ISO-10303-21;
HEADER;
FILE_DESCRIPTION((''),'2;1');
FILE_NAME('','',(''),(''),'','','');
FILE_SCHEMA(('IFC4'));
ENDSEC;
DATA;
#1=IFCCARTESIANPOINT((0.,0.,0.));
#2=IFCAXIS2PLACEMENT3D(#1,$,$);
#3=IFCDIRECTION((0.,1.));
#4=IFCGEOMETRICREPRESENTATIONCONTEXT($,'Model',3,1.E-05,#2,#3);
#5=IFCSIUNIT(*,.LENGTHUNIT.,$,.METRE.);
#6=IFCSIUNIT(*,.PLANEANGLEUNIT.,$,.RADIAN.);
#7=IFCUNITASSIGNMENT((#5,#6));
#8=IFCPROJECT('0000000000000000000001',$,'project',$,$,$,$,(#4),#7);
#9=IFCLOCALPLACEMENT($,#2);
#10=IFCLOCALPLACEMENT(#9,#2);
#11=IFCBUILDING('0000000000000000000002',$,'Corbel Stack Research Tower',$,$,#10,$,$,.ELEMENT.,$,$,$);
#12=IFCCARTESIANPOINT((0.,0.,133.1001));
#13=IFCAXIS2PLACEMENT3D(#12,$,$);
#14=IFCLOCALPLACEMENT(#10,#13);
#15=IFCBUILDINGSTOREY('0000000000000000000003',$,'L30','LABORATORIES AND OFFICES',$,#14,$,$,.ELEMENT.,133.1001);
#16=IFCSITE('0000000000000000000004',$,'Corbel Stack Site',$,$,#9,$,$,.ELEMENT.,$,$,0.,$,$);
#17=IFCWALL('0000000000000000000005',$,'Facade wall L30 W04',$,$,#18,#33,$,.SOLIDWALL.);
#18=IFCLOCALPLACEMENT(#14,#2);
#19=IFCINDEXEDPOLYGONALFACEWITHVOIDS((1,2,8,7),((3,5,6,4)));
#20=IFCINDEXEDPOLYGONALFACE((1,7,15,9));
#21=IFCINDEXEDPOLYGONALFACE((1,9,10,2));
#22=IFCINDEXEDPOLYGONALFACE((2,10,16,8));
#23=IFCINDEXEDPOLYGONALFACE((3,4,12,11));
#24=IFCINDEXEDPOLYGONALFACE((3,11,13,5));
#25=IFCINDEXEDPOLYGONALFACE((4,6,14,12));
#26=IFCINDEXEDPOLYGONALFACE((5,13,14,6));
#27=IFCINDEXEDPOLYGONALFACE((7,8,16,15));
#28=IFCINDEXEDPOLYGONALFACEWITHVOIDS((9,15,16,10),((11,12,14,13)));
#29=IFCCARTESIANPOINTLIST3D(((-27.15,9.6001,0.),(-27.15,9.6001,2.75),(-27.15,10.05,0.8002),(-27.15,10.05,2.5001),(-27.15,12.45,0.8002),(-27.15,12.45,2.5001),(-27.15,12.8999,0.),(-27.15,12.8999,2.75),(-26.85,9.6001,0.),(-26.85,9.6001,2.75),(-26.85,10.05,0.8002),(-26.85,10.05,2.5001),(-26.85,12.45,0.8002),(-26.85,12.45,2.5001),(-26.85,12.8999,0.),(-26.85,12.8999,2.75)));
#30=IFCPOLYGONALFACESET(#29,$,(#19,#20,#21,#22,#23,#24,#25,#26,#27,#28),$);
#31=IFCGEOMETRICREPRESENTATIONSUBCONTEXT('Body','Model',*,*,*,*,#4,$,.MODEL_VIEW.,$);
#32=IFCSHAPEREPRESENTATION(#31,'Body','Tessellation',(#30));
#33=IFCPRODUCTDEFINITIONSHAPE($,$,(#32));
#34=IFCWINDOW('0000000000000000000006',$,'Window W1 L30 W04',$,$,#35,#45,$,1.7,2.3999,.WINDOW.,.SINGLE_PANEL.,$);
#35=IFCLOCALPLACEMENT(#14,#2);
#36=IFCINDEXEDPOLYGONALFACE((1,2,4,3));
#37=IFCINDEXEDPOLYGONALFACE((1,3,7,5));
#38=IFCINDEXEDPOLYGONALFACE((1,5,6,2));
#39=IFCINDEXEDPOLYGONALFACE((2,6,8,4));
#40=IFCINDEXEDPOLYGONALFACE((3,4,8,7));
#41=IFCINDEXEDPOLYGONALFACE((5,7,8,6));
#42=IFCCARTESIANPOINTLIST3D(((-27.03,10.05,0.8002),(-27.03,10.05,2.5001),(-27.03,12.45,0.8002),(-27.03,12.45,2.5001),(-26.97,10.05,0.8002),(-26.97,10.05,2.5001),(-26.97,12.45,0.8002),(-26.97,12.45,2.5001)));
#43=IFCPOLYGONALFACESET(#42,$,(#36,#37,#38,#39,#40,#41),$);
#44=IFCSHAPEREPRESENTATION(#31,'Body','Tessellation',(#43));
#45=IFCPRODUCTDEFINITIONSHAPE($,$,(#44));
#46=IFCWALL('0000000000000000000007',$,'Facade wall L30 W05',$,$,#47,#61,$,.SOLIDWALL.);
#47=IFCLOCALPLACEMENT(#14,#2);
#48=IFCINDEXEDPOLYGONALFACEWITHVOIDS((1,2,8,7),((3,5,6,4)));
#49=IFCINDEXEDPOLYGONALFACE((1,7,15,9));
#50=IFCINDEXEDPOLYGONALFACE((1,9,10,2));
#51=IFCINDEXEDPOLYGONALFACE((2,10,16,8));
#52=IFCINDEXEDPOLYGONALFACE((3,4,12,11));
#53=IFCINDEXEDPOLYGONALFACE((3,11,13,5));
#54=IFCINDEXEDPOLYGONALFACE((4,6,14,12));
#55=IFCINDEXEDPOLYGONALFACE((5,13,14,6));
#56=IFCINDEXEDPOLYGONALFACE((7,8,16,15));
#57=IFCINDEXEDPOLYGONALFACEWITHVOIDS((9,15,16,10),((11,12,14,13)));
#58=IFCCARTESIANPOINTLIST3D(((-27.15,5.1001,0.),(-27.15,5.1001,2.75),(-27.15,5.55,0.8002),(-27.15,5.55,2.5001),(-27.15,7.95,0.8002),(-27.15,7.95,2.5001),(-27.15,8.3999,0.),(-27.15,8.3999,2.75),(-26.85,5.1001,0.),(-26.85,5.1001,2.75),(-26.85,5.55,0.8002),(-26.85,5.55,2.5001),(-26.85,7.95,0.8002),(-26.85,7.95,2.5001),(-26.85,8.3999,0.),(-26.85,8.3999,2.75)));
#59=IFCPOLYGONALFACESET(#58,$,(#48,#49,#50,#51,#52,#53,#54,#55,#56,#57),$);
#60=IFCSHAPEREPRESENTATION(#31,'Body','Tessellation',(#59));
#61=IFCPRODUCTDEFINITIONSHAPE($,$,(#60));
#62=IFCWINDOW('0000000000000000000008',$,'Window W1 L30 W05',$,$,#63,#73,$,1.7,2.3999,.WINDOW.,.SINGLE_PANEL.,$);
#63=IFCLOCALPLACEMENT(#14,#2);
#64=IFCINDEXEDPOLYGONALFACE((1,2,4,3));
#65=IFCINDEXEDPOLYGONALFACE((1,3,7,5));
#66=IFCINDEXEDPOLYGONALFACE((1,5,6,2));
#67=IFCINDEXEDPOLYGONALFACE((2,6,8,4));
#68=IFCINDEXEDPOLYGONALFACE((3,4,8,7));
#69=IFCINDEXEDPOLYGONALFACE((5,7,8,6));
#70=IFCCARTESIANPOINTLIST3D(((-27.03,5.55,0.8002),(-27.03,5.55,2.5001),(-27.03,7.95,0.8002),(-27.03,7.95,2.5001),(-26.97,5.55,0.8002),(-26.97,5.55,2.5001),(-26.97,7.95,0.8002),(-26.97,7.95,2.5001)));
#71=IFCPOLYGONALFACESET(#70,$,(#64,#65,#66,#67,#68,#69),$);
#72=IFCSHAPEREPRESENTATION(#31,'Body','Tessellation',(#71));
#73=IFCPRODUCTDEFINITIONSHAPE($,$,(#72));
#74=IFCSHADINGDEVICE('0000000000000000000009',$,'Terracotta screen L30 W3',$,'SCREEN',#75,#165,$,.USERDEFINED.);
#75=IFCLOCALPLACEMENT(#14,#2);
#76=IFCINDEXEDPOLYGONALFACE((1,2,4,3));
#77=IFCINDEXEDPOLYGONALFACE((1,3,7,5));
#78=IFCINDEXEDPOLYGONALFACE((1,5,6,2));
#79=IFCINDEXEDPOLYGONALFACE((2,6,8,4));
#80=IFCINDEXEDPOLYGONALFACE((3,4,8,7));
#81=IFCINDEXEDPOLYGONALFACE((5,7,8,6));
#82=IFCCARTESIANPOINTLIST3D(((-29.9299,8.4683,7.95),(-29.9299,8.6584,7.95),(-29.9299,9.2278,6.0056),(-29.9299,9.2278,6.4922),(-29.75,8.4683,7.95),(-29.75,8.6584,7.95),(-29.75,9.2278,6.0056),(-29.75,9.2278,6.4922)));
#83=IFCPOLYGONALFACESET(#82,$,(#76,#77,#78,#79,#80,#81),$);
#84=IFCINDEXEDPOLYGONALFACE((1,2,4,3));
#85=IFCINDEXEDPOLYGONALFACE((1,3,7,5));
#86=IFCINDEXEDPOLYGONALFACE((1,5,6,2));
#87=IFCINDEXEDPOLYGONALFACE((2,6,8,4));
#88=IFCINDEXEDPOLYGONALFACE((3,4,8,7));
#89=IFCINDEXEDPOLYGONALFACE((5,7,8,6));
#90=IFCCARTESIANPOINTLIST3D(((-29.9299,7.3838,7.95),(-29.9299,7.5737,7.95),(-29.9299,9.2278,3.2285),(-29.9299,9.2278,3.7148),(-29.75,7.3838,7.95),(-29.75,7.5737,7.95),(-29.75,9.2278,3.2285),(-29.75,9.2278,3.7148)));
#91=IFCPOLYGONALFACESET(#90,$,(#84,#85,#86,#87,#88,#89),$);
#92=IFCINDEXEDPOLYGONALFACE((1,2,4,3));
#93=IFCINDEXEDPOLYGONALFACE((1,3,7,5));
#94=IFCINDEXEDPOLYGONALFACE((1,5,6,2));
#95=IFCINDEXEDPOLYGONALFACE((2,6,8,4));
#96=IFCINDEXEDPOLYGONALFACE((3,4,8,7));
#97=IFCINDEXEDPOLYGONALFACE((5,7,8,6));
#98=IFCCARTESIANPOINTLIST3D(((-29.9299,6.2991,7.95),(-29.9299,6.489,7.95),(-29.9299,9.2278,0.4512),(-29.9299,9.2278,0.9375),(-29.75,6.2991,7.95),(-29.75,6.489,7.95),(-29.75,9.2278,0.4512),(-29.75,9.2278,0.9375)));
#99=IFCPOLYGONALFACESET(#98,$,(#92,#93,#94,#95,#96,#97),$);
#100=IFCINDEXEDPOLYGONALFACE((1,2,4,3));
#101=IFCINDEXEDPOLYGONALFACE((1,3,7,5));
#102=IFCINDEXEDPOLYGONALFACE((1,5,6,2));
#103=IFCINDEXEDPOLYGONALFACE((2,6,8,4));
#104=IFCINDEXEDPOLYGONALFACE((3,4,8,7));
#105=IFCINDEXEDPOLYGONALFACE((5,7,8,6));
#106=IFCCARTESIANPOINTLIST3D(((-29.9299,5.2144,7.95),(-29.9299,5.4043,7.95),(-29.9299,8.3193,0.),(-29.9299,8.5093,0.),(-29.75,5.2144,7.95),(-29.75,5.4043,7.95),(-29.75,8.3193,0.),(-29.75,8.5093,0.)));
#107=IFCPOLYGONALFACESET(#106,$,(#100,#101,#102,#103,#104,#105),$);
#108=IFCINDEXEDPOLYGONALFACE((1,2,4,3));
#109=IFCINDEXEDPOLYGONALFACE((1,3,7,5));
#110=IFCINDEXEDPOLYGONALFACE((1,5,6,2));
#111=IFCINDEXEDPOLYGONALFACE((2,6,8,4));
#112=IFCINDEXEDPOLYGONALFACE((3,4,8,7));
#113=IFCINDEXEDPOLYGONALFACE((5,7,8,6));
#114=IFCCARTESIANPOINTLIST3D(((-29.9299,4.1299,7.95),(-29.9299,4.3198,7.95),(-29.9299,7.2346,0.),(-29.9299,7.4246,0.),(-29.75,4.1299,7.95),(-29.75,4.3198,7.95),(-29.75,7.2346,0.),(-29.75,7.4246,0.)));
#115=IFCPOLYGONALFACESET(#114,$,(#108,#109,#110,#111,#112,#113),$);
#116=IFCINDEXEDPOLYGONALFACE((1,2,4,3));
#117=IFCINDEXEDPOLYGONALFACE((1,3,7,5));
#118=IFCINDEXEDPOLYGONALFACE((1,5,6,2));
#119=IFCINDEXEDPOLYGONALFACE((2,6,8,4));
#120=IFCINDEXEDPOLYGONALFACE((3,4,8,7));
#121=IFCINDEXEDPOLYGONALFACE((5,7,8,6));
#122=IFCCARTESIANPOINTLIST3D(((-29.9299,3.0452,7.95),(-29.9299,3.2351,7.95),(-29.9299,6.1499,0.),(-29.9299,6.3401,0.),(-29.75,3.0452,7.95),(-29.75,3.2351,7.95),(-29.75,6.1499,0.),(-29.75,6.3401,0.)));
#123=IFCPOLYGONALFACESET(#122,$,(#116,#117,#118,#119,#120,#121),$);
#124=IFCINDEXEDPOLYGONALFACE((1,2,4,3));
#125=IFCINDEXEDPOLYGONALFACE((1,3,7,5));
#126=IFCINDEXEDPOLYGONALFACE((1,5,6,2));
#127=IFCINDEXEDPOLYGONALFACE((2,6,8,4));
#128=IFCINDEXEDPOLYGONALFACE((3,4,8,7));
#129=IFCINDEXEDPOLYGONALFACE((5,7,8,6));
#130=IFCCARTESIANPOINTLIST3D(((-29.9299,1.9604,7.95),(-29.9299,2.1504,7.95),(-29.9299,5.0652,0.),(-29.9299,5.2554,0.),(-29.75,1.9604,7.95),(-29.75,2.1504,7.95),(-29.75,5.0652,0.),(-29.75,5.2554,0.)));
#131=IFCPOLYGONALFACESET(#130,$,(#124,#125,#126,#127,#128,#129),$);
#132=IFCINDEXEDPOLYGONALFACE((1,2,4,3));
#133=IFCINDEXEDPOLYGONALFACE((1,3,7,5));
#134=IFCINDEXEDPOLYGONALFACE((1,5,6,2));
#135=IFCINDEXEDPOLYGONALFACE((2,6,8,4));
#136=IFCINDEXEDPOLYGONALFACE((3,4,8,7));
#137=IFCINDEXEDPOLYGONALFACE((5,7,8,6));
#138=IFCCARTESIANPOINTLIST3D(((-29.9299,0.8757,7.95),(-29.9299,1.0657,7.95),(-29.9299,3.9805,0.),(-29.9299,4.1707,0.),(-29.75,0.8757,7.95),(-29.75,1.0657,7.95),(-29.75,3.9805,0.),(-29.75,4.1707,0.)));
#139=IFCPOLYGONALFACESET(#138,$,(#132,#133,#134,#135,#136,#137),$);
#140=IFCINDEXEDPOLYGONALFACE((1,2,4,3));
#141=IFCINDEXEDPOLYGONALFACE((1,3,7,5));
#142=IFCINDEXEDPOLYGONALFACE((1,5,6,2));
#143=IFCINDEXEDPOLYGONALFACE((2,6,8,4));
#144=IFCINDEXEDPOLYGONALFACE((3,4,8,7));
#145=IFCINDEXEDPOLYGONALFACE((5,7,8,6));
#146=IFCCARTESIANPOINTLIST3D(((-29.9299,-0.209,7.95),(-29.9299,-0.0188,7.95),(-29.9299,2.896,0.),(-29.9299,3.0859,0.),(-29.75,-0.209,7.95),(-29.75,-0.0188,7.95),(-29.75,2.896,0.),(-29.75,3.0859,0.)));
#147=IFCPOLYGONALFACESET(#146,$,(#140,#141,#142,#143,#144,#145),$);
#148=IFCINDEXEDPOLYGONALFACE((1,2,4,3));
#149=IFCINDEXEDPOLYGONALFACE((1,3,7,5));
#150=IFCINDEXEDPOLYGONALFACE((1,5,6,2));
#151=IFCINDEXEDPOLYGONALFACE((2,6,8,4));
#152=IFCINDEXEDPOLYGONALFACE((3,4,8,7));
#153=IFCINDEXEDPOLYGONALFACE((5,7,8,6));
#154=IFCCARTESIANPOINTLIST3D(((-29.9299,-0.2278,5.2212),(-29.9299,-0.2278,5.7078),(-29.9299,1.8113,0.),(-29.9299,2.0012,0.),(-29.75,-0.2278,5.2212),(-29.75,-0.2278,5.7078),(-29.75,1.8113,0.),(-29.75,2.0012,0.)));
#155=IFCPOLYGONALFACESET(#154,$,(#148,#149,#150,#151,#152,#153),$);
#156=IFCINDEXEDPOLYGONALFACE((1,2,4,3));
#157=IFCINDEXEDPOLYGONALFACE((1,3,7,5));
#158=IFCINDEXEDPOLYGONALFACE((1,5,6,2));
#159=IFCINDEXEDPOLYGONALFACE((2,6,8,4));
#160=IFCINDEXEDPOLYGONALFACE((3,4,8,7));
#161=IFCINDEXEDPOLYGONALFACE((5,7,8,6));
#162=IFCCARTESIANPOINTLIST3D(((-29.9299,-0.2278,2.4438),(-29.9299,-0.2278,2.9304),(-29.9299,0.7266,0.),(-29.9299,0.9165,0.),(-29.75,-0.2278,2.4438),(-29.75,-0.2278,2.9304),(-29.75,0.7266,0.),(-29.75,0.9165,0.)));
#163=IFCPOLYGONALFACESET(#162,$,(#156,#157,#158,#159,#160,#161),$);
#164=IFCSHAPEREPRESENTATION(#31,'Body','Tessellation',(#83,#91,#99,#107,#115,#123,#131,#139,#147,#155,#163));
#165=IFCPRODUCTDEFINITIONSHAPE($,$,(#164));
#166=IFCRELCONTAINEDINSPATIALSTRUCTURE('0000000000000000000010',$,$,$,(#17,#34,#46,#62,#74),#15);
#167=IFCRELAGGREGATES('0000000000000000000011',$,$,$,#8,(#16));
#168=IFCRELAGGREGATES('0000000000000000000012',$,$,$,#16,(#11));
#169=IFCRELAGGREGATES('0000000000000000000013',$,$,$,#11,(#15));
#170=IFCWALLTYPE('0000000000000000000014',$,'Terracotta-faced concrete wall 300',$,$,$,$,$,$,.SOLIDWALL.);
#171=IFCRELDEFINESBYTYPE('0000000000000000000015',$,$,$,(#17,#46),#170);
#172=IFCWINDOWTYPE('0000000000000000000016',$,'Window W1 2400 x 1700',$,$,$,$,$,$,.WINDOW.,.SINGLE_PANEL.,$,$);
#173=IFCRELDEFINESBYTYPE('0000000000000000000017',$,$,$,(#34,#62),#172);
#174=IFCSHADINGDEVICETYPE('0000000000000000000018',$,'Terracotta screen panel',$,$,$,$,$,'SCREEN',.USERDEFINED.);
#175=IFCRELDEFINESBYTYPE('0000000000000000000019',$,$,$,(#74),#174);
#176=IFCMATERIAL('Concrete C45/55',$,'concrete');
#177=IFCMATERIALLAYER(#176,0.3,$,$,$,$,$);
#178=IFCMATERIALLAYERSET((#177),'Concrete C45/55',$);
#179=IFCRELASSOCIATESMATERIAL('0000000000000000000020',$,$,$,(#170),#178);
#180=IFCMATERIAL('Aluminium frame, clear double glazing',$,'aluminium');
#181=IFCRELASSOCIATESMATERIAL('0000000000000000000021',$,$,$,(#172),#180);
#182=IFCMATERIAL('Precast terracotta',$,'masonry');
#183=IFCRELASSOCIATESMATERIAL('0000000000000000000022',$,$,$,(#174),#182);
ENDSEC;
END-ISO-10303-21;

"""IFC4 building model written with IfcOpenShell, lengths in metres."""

from ifc_helpers import new_model, si_unit, direction, frame, frame_2d, origin, place, context, subcontext, project, spatial, polyline, rectangle, outline, extrude, source, transform, mapped, material, layer, layer_set, type_object, element, fill, save


model = new_model("IFC4")

# Units and contexts
model_context = context("Model", 3, precision=1e-05, world=origin(), true_north=direction((0.0, 1.0)))
body_context = subcontext(model_context, "Body", "Model", "MODEL_VIEW")
ifc_project = project(units=[si_unit("LENGTHUNIT", "METRE"), si_unit("PLANEANGLEUNIT", "RADIAN")], contexts=[model_context])

# Site, building, storey
site_placement = place(None, origin())
site = spatial("IfcSite", under=ifc_project, at=site_placement, Name="Corbel Stack Site", CompositionType="ELEMENT", RefElevation=0.0)
building_placement = place(site_placement, origin())
building = spatial("IfcBuilding", under=site, at=building_placement, Name="Corbel Stack Research Tower", CompositionType="ELEMENT")
storey_placement = place(building_placement, frame((0.0, 0.0, 133.1001)))
storey = spatial("IfcBuildingStorey", under=building, at=storey_placement, Name="L30", Description="LABORATORIES AND OFFICES", CompositionType="ELEMENT", Elevation=133.1001)

# Shared definitions
ifc_material_1 = material(Name="Concrete C45/55", Category="concrete")
ifc_layer_1 = layer(ifc_material_1, 0.3)
ifc_layer_set_1 = layer_set([ifc_layer_1], Name="Concrete C45/55")
wall_type_1 = type_object("IfcWallType", Name="Terracotta-faced concrete wall 300", PredefinedType="SOLIDWALL", material=ifc_layer_set_1)

# Walls, openings, windows
ifc_material_2 = material(Name="Aluminium frame, clear double glazing", Category="aluminium")
window_type = type_object("IfcWindowType", Name="Window W1 2400 x 1700", PartitioningType="SINGLE_PANEL", PredefinedType="WINDOW", material=ifc_material_2)
wall_1_placement = place(storey_placement, frame((-27.0, 9.6001, 0.0), z_axis=(0.0, 0.0, 1.0), x_axis=(0.0, 1.0, 0.0)))
wall_1 = element("IfcWall", 1, at=wall_1_placement, inside=storey, type_object=wall_type_1, Name="Facade wall L30 W04", PredefinedType="SOLIDWALL", context=body_context, shape_type="SweptSolid", body=[
    extrude(rectangle(XDim=3.2998, YDim=0.3, at=frame_2d((1.6499, 0.0))), origin(), (0.0, 0.0, 1.0), 2.75),
])
opening_1_placement = place(wall_1_placement, frame((0.45, 0.0, 0.8)))
opening_1 = element("IfcOpeningElement", 2, at=opening_1_placement, cuts=wall_1, PredefinedType="OPENING", context=body_context, shape_type="SweptSolid", body=[
    extrude(rectangle(XDim=2.3999, YDim=1.7, at=frame_2d((1.2, 0.8501))), frame((0.0, 0.1599, 0.0), z_axis=(0.0, -1.0, 0.0), x_axis=(1.0, 0.0, 0.0)), (0.0, 0.0, 1.0), 0.3201),
])
window_1_placement = place(opening_1_placement, origin())
window_1 = element("IfcWindow", 3, at=window_1_placement, inside=storey, type_object=window_type, Name="Window W1 L30 W04", OverallHeight=1.7, OverallWidth=2.3999, PartitioningType="SINGLE_PANEL", PredefinedType="WINDOW", context=body_context, shape_type="SweptSolid", body=[
    extrude(rectangle(XDim=2.3999, YDim=1.7, at=frame_2d((1.2, 0.8501))), frame((0.0, 0.03, 0.0), z_axis=(0.0, -1.0, 0.0), x_axis=(1.0, 0.0, 0.0)), (0.0, 0.0, 1.0), 0.0601),
])
fill(opening_1, window_1)
wall_2_placement = place(storey_placement, frame((-27.0, 5.1001, 0.0), z_axis=(0.0, 0.0, 1.0), x_axis=(0.0, 1.0, 0.0)))
wall_2 = element("IfcWall", 4, at=wall_2_placement, inside=storey, type_object=wall_type_1, Name="Facade wall L30 W05", PredefinedType="SOLIDWALL", context=body_context, shape_type="SweptSolid", body=[
    extrude(rectangle(XDim=3.2998, YDim=0.3, at=frame_2d((1.6499, 0.0))), origin(), (0.0, 0.0, 1.0), 2.75),
])
opening_2_placement = place(wall_2_placement, frame((0.45, 0.0, 0.8)))
opening_2 = element("IfcOpeningElement", 5, at=opening_2_placement, cuts=wall_2, PredefinedType="OPENING", context=body_context, shape_type="SweptSolid", body=[
    extrude(rectangle(XDim=2.3999, YDim=1.7, at=frame_2d((1.2, 0.8501))), frame((0.0, 0.1599, 0.0), z_axis=(0.0, -1.0, 0.0), x_axis=(1.0, 0.0, 0.0)), (0.0, 0.0, 1.0), 0.3201),
])
window_2_placement = place(opening_2_placement, origin())
window_2 = element("IfcWindow", 6, at=window_2_placement, inside=storey, type_object=window_type, Name="Window W1 L30 W05", OverallHeight=1.7, OverallWidth=2.3999, PartitioningType="SINGLE_PANEL", PredefinedType="WINDOW", context=body_context, shape_type="SweptSolid", body=[
    extrude(rectangle(XDim=2.3999, YDim=1.7, at=frame_2d((1.2, 0.8501))), frame((0.0, 0.03, 0.0), z_axis=(0.0, -1.0, 0.0), x_axis=(1.0, 0.0, 0.0)), (0.0, 0.0, 1.0), 0.0601),
])
fill(opening_2, window_2)

# Shading device
ifc_material_3 = material(Name="Precast terracotta", Category="masonry")
shading_device_type = type_object("IfcShadingDeviceType", Name="Terracotta screen panel", ElementType="SCREEN", PredefinedType="USERDEFINED", material=ifc_material_3)
shared_shape_1 = source(origin(), body_context, "Body", "SweptSolid", [
    extrude(outline(polyline([(0.7595, 7.95), (0.5693, 7.95), (0.0, 6.4922), (0.0, 6.0056), (0.7595, 7.95)])), frame((0.0, 0.0, 0.0), z_axis=(0.0, -1.0, 0.0), x_axis=(1.0, 0.0, 0.0)), (0.0, 0.0, 1.0), 0.1799),
    extrude(outline(polyline([(1.844, 7.95), (1.6541, 7.95), (0.0, 3.7148), (0.0, 3.2285), (1.844, 7.95)])), frame((0.0, 0.0, 0.0), z_axis=(0.0, -1.0, 0.0), x_axis=(1.0, 0.0, 0.0)), (0.0, 0.0, 1.0), 0.1799),
    extrude(outline(polyline([(2.9287, 7.95), (2.7388, 7.95), (0.0, 0.9375), (0.0, 0.4512), (2.9287, 7.95)])), frame((0.0, 0.0, 0.0), z_axis=(0.0, -1.0, 0.0), x_axis=(1.0, 0.0, 0.0)), (0.0, 0.0, 1.0), 0.1799),
    extrude(outline(polyline([(0.9084, 0.0), (4.0134, 7.95), (3.8235, 7.95), (0.7185, 0.0), (0.9084, 0.0)])), frame((0.0, 0.0, 0.0), z_axis=(0.0, -1.0, 0.0), x_axis=(1.0, 0.0, 0.0)), (0.0, 0.0, 1.0), 0.1799),
    extrude(outline(polyline([(1.9932, 0.0), (5.0979, 7.95), (4.908, 7.95), (1.8032, 0.0), (1.9932, 0.0)])), frame((0.0, 0.0, 0.0), z_axis=(0.0, -1.0, 0.0), x_axis=(1.0, 0.0, 0.0)), (0.0, 0.0, 1.0), 0.1799),
    extrude(outline(polyline([(3.0779, 0.0), (6.1826, 7.95), (5.9927, 7.95), (2.8877, 0.0), (3.0779, 0.0)])), frame((0.0, 0.0, 0.0), z_axis=(0.0, -1.0, 0.0), x_axis=(1.0, 0.0, 0.0)), (0.0, 0.0, 1.0), 0.1799),
    extrude(outline(polyline([(4.1626, 0.0), (7.2673, 7.95), (7.0774, 7.95), (3.9724, 0.0), (4.1626, 0.0)])), frame((0.0, 0.0, 0.0), z_axis=(0.0, -1.0, 0.0), x_axis=(1.0, 0.0, 0.0)), (0.0, 0.0, 1.0), 0.1799),
    extrude(outline(polyline([(5.2473, 0.0), (8.3521, 7.95), (8.1621, 7.95), (5.0571, 0.0), (5.2473, 0.0)])), frame((0.0, 0.0, 0.0), z_axis=(0.0, -1.0, 0.0), x_axis=(1.0, 0.0, 0.0)), (0.0, 0.0, 1.0), 0.1799),
    extrude(outline(polyline([(6.3318, 0.0), (9.4368, 7.95), (9.2466, 7.95), (6.1418, 0.0), (6.3318, 0.0)])), frame((0.0, 0.0, 0.0), z_axis=(0.0, -1.0, 0.0), x_axis=(1.0, 0.0, 0.0)), (0.0, 0.0, 1.0), 0.1799),
    extrude(outline(polyline([(7.4165, 0.0), (9.4556, 5.2212), (9.4556, 5.7078), (7.2266, 0.0), (7.4165, 0.0)])), frame((0.0, 0.0, 0.0), z_axis=(0.0, -1.0, 0.0), x_axis=(1.0, 0.0, 0.0)), (0.0, 0.0, 1.0), 0.1799),
    extrude(outline(polyline([(8.5012, 0.0), (9.4556, 2.4438), (9.4556, 2.9304), (8.3113, 0.0), (8.5012, 0.0)])), frame((0.0, 0.0, 0.0), z_axis=(0.0, -1.0, 0.0), x_axis=(1.0, 0.0, 0.0)), (0.0, 0.0, 1.0), 0.1799),
])
shading_device_1_placement = place(storey_placement, frame((-29.75, 9.2278, 0.0), z_axis=(0.0, 0.0, 1.0), x_axis=(0.0, -1.0, 0.0)))
element("IfcShadingDevice", 7, at=shading_device_1_placement, inside=storey, type_object=shading_device_type, Name="Terracotta screen L30 W3", ObjectType="SCREEN", PredefinedType="USERDEFINED", context=body_context, shape_type="MappedRepresentation", body=[
    mapped(shared_shape_1, transform((0.0, 0.0, 0.0))),
])

save(model, "model.ifc")
